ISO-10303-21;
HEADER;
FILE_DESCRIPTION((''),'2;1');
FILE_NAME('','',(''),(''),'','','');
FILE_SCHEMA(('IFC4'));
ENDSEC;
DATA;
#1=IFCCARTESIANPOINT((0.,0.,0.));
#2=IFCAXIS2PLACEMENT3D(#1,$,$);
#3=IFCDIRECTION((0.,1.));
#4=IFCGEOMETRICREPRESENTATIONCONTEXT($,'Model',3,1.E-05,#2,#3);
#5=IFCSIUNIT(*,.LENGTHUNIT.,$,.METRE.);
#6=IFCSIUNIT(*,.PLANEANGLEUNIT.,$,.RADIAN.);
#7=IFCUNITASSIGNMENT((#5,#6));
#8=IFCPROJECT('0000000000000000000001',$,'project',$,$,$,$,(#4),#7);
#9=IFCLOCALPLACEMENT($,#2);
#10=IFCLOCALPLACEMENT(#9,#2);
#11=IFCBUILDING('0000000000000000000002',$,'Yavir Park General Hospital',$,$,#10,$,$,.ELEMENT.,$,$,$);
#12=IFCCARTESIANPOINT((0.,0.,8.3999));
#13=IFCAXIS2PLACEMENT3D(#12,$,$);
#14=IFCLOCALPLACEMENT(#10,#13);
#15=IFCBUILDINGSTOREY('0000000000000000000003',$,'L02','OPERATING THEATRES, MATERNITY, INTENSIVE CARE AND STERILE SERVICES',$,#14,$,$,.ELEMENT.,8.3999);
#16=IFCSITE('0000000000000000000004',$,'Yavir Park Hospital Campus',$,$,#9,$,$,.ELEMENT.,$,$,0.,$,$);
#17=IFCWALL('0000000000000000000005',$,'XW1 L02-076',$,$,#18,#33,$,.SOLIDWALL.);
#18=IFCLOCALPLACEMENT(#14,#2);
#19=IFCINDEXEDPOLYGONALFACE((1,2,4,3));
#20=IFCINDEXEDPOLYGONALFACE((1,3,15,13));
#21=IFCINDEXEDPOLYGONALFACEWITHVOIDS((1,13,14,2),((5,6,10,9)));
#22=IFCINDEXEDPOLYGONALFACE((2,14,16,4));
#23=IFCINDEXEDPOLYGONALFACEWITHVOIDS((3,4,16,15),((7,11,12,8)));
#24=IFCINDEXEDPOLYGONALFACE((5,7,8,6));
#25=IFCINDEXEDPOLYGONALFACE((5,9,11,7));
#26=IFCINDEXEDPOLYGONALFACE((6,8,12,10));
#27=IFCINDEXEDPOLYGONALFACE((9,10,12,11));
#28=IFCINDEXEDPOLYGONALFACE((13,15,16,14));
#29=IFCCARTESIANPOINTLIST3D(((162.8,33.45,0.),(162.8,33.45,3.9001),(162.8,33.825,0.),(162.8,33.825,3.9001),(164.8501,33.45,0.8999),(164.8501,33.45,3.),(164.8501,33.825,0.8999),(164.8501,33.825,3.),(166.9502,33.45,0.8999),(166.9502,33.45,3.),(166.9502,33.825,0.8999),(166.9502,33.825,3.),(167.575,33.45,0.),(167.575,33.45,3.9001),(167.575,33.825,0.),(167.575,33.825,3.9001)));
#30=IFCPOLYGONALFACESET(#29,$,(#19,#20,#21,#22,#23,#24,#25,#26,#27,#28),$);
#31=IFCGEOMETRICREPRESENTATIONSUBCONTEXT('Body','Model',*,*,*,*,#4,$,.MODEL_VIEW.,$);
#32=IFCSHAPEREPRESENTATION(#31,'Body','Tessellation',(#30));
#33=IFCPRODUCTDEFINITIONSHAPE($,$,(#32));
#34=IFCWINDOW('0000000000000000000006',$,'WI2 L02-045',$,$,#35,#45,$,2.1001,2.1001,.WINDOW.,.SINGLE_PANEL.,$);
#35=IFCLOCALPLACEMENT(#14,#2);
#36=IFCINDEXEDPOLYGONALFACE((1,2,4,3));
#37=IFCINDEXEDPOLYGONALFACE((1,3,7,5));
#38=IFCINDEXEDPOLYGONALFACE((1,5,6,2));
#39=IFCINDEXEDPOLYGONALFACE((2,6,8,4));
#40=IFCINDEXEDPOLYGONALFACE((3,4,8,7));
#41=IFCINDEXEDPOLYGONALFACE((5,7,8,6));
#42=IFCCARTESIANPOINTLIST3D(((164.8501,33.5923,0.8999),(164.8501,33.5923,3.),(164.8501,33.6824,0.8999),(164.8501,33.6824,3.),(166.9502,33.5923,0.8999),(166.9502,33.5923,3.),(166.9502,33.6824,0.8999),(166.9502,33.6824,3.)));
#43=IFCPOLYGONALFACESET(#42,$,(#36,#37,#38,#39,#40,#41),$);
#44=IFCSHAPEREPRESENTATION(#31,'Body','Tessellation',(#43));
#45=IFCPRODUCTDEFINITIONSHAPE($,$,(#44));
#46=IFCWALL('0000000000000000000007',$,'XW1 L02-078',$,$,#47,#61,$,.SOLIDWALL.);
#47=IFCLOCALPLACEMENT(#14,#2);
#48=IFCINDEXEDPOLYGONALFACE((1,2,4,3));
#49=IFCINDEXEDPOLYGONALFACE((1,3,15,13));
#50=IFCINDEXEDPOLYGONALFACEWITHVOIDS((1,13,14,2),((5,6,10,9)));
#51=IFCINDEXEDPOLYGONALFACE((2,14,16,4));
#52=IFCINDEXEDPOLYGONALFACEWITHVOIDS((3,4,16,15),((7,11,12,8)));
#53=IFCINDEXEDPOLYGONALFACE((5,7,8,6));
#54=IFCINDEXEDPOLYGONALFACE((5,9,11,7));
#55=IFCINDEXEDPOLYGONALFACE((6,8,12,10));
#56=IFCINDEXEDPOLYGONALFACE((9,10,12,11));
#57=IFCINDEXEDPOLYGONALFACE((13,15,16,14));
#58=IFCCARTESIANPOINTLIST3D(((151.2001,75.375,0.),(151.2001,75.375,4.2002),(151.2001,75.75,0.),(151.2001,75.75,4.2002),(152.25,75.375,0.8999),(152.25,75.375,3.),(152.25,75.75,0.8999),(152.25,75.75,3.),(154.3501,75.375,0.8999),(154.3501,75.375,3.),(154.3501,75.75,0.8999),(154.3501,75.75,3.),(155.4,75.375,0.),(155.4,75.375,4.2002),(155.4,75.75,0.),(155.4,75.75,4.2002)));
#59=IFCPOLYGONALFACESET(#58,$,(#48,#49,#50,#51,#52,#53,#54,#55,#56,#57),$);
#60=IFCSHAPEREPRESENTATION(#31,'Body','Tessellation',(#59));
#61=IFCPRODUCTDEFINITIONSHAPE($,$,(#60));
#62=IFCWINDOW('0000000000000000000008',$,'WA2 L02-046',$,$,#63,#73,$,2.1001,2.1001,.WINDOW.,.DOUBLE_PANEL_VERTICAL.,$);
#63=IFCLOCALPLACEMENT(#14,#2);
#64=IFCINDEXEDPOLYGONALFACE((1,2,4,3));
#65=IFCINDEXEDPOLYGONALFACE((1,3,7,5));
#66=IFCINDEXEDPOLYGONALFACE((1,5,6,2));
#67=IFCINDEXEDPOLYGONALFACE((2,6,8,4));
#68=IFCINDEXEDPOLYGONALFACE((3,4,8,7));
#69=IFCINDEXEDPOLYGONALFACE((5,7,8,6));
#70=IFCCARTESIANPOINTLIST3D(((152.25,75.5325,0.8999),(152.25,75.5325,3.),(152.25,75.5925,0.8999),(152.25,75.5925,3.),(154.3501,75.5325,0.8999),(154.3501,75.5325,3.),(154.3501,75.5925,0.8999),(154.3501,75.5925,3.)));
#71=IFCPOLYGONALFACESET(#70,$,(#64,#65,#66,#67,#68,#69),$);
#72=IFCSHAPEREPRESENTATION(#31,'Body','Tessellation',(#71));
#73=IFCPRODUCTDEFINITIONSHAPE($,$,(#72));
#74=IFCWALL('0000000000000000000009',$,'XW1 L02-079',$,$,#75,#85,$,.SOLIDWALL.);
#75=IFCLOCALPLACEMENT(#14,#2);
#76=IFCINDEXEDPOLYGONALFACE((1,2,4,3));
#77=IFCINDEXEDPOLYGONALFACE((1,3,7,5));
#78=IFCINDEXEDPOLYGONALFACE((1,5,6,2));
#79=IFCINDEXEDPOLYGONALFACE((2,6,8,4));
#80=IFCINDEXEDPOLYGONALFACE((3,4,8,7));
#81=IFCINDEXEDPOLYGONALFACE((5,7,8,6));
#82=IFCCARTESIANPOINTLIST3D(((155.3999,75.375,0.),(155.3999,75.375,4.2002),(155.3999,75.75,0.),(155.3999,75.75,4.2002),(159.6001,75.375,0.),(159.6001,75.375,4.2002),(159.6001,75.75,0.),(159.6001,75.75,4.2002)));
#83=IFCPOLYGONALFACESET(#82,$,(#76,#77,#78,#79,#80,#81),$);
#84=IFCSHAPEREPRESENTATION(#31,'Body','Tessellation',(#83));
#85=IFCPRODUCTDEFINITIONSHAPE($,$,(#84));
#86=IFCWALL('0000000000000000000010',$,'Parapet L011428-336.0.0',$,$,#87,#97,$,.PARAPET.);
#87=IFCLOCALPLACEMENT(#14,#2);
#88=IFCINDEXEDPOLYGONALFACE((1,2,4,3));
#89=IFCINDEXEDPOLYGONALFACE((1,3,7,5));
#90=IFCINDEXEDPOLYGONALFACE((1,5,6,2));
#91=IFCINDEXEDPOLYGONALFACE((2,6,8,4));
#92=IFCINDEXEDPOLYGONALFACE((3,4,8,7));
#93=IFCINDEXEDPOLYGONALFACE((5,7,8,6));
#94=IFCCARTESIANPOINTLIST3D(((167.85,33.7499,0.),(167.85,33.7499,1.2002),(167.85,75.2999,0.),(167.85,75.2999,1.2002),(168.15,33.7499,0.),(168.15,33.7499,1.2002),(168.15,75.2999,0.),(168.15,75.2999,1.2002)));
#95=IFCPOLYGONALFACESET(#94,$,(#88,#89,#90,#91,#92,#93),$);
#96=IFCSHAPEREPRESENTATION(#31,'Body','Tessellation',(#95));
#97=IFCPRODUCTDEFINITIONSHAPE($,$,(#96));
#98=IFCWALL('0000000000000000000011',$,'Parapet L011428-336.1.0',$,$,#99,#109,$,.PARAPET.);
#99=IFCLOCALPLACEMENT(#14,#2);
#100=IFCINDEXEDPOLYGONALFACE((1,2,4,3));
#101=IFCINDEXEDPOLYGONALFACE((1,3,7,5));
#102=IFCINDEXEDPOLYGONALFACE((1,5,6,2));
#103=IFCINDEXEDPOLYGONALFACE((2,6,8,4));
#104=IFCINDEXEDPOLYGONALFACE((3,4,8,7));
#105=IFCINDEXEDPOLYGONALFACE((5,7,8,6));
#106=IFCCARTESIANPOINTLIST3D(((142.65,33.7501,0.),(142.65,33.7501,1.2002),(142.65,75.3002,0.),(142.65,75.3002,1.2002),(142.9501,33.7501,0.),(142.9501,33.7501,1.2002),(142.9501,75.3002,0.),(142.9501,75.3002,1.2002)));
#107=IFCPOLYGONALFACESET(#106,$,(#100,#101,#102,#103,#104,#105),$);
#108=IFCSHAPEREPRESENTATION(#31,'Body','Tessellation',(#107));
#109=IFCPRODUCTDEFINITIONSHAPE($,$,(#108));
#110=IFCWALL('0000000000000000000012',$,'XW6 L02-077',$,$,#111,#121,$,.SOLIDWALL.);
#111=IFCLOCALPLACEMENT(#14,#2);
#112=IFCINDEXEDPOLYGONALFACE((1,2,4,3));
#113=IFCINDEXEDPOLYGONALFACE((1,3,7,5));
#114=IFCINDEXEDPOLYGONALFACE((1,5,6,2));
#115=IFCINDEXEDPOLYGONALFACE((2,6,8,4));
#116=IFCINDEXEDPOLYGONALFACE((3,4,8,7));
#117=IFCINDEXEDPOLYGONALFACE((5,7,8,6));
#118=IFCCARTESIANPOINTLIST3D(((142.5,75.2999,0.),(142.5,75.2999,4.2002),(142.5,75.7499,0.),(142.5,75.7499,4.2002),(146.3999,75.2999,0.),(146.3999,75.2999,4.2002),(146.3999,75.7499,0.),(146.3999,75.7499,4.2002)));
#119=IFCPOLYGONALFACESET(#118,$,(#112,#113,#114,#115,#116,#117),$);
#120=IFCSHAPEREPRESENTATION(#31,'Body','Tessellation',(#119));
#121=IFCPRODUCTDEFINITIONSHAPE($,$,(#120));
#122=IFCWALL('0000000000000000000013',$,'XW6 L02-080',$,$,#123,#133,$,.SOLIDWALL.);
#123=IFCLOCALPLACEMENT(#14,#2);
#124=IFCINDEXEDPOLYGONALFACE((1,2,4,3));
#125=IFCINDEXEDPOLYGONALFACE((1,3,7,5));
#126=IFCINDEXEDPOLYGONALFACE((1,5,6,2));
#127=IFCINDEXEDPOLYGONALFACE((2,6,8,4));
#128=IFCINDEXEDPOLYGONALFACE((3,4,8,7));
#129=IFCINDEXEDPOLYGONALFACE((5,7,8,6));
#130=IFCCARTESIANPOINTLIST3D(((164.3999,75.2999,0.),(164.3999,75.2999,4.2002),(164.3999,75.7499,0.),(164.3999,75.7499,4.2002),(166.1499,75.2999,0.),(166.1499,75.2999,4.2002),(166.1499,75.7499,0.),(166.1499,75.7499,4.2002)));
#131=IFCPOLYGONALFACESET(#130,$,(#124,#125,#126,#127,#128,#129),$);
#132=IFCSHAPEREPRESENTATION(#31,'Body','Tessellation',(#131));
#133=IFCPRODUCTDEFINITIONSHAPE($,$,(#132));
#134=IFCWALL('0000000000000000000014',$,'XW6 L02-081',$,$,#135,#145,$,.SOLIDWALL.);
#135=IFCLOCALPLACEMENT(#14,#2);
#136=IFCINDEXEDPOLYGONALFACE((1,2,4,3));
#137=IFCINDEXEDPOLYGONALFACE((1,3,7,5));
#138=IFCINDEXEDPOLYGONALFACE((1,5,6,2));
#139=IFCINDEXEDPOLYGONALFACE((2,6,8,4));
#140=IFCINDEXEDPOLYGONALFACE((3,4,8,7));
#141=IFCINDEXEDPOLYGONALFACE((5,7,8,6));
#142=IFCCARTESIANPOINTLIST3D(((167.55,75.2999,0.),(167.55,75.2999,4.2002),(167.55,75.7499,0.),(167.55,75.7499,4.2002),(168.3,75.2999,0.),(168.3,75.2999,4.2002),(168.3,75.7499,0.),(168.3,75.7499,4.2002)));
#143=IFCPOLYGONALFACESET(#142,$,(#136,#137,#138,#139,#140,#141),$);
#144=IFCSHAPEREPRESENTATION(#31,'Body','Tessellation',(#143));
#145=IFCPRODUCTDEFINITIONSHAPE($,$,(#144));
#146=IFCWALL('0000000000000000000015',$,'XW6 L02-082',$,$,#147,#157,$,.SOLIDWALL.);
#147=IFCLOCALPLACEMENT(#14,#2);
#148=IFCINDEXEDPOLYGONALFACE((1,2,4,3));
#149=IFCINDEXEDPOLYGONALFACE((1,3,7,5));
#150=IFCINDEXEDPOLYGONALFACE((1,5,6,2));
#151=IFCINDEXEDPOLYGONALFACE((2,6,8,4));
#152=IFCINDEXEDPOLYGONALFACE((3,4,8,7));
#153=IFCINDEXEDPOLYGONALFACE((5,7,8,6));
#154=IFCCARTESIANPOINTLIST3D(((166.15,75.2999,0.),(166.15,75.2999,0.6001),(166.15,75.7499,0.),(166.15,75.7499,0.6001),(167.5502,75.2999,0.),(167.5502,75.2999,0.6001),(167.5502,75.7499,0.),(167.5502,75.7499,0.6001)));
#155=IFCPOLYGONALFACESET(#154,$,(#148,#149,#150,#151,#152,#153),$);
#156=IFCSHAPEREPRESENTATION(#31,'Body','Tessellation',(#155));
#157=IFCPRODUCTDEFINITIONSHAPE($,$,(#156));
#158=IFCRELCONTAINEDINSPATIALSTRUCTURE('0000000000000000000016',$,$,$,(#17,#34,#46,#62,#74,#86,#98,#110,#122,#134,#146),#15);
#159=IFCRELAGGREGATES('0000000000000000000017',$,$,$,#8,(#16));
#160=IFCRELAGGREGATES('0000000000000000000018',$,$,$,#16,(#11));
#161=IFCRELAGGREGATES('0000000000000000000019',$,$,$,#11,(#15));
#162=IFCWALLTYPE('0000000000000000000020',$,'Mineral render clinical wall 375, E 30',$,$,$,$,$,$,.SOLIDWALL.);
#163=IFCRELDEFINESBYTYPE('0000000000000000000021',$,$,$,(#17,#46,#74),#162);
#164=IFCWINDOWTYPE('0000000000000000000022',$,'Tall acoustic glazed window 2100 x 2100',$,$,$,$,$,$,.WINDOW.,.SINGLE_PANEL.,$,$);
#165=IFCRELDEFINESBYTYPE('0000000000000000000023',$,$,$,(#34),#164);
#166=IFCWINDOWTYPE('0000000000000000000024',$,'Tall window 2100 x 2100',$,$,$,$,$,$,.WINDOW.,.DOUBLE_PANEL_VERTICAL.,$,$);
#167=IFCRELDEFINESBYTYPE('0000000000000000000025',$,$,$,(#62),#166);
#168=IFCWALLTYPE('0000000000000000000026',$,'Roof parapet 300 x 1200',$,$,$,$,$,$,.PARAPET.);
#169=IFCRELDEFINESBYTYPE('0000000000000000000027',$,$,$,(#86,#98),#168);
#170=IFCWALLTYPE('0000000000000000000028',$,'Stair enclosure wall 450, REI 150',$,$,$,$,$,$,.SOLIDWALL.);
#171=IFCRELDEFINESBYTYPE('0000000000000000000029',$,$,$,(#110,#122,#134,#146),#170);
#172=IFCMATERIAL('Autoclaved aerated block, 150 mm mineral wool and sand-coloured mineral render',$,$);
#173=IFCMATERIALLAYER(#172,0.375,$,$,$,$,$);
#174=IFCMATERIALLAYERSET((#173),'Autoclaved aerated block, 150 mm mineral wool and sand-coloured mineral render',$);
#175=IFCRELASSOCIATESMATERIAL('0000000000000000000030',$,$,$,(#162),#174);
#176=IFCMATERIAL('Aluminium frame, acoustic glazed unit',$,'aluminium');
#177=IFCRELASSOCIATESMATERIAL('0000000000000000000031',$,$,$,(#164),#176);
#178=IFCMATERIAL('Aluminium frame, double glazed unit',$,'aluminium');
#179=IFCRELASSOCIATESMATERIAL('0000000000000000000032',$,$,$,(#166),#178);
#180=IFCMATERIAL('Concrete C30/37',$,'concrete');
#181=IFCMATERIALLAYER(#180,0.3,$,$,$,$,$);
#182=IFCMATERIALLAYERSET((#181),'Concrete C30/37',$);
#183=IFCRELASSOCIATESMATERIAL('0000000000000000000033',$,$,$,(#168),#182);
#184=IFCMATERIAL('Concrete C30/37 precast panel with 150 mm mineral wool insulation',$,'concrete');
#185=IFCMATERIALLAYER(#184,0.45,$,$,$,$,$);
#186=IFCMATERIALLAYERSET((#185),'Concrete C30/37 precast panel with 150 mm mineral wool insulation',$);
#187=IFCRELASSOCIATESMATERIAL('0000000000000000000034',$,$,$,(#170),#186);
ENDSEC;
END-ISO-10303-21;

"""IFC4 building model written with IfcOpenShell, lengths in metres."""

from ifc_helpers import new_model, si_unit, direction, frame, frame_2d, origin, place, context, subcontext, project, spatial, rectangle, extrude, material, layer, layer_set, type_object, element, fill, save


model = new_model("IFC4")

# Units and contexts
model_context = context("Model", 3, precision=1e-05, world=origin(), true_north=direction((0.0, 1.0)))
body_context = subcontext(model_context, "Body", "Model", "MODEL_VIEW")
ifc_project = project(units=[si_unit("LENGTHUNIT", "METRE"), si_unit("PLANEANGLEUNIT", "RADIAN")], contexts=[model_context])

# Site, building, storey
site_placement = place(None, origin())
site = spatial("IfcSite", under=ifc_project, at=site_placement, Name="Yavir Park Hospital Campus", CompositionType="ELEMENT", RefElevation=0.0)
building_placement = place(site_placement, origin())
building = spatial("IfcBuilding", under=site, at=building_placement, Name="Yavir Park General Hospital", CompositionType="ELEMENT")
storey_placement = place(building_placement, frame((0.0, 0.0, 8.3999)))
storey = spatial("IfcBuildingStorey", under=building, at=storey_placement, Name="L02", Description="OPERATING THEATRES, MATERNITY, INTENSIVE CARE AND STERILE SERVICES", CompositionType="ELEMENT", Elevation=8.3999)

# Shared definitions
ifc_material_1 = material(Name="Autoclaved aerated block, 150 mm mineral wool and sand-coloured mineral render")
ifc_layer_1 = layer(ifc_material_1, 0.375)
ifc_layer_set_1 = layer_set([ifc_layer_1], Name="Autoclaved aerated block, 150 mm mineral wool and sand-coloured mineral render")
wall_type_1 = type_object("IfcWallType", Name="Mineral render clinical wall 375, E 30", PredefinedType="SOLIDWALL", material=ifc_layer_set_1)

# Walls, openings, windows
wall_1_placement = place(storey_placement, frame((162.8, 33.6375, 0.0), z_axis=(0.0, 0.0, 1.0), x_axis=(1.0, 0.0, 0.0)))
wall_1 = element("IfcWall", 1, at=wall_1_placement, inside=storey, type_object=wall_type_1, Name="XW1 L02-076", PredefinedType="SOLIDWALL", context=body_context, shape_type="SweptSolid", body=[
    extrude(rectangle(XDim=4.7749, YDim=0.375, at=frame_2d((2.3875, 0.0))), origin(), (0.0, 0.0, 1.0), 3.9001),
])
opening_1_placement = place(wall_1_placement, frame((2.05, 0.0, 0.8999)))
opening_1 = element("IfcOpeningElement", 2, at=opening_1_placement, cuts=wall_1, PredefinedType="OPENING", context=body_context, shape_type="SweptSolid", body=[
    extrude(rectangle(XDim=2.1001, YDim=2.1001, at=frame_2d((1.05, 1.05))), frame((0.0, 0.1975, 0.0), z_axis=(0.0, -1.0, 0.0), x_axis=(1.0, 0.0, 0.0)), (0.0, 0.0, 1.0), 0.395),
])
ifc_material_2 = material(Name="Aluminium frame, acoustic glazed unit", Category="aluminium")
window_type_1 = type_object("IfcWindowType", Name="Tall acoustic glazed window 2100 x 2100", PartitioningType="SINGLE_PANEL", PredefinedType="WINDOW", material=ifc_material_2)
window_1_placement = place(opening_1_placement, origin())
window_1 = element("IfcWindow", 3, at=window_1_placement, inside=storey, type_object=window_type_1, Name="WI2 L02-045", OverallHeight=2.1001, OverallWidth=2.1001, PartitioningType="SINGLE_PANEL", PredefinedType="WINDOW", context=body_context, shape_type="SweptSolid", body=[
    extrude(rectangle(XDim=2.1001, YDim=2.1001, at=frame_2d((1.05, 1.05))), frame((0.0, 0.0449, 0.0), z_axis=(0.0, -1.0, 0.0), x_axis=(1.0, 0.0, 0.0)), (0.0, 0.0, 1.0), 0.0901),
])
fill(opening_1, window_1)
wall_2_placement = place(storey_placement, frame((151.2, 75.5625, 0.0), z_axis=(0.0, 0.0, 1.0), x_axis=(1.0, 0.0, 0.0)))
wall_2 = element("IfcWall", 4, at=wall_2_placement, inside=storey, type_object=wall_type_1, Name="XW1 L02-078", PredefinedType="SOLIDWALL", context=body_context, shape_type="SweptSolid", body=[
    extrude(rectangle(XDim=4.2, YDim=0.375, at=frame_2d((2.1001, 0.0))), origin(), (0.0, 0.0, 1.0), 4.2002),
])
opening_2_placement = place(wall_2_placement, frame((1.05, 0.0, 0.8999)))
opening_2 = element("IfcOpeningElement", 5, at=opening_2_placement, cuts=wall_2, PredefinedType="OPENING", context=body_context, shape_type="SweptSolid", body=[
    extrude(rectangle(XDim=2.1001, YDim=2.1001, at=frame_2d((1.05, 1.05))), frame((0.0, 0.1975, 0.0), z_axis=(0.0, -1.0, 0.0), x_axis=(1.0, 0.0, 0.0)), (0.0, 0.0, 1.0), 0.395),
])
ifc_material_3 = material(Name="Aluminium frame, double glazed unit", Category="aluminium")
window_type_2 = type_object("IfcWindowType", Name="Tall window 2100 x 2100", PartitioningType="DOUBLE_PANEL_VERTICAL", PredefinedType="WINDOW", material=ifc_material_3)
window_2_placement = place(opening_2_placement, origin())
window_2 = element("IfcWindow", 6, at=window_2_placement, inside=storey, type_object=window_type_2, Name="WA2 L02-046", OverallHeight=2.1001, OverallWidth=2.1001, PartitioningType="DOUBLE_PANEL_VERTICAL", PredefinedType="WINDOW", context=body_context, shape_type="SweptSolid", body=[
    extrude(rectangle(XDim=2.1001, YDim=2.1001, at=frame_2d((1.05, 1.05))), frame((0.0, 0.03, 0.0), z_axis=(0.0, -1.0, 0.0), x_axis=(1.0, 0.0, 0.0)), (0.0, 0.0, 1.0), 0.0601),
])
fill(opening_2, window_2)

# Walls
wall_3_placement = place(storey_placement, frame((155.3999, 75.5625, 0.0), z_axis=(0.0, 0.0, 1.0), x_axis=(1.0, 0.0, 0.0)))
element("IfcWall", 7, at=wall_3_placement, inside=storey, type_object=wall_type_1, Name="XW1 L02-079", PredefinedType="SOLIDWALL", context=body_context, shape_type="SweptSolid", body=[
    extrude(rectangle(XDim=4.2002, YDim=0.375, at=frame_2d((2.1001, 0.0))), origin(), (0.0, 0.0, 1.0), 4.2002),
])
ifc_material_4 = material(Name="Concrete C30/37", Category="concrete")
ifc_layer_2 = layer(ifc_material_4, 0.3)
ifc_layer_set_2 = layer_set([ifc_layer_2], Name="Concrete C30/37")
wall_type_2 = type_object("IfcWallType", Name="Roof parapet 300 x 1200", PredefinedType="PARAPET", material=ifc_layer_set_2)
for number, where, z_axis, x_axis, name in (
    (8, (168.0, 33.75, 0.0), (0.0, 0.0, 1.0), (0.0, 1.0, 0.0), "Parapet L011428-336.0.0"),
    (9, (142.8, 75.3, 0.0), (0.0, 0.0, 1.0), (0.0, -1.0, 0.0), "Parapet L011428-336.1.0"),
):
    element("IfcWall", number, at=place(storey_placement, frame(where, z_axis=z_axis, x_axis=x_axis)), inside=storey, type_object=wall_type_2, Name=name, PredefinedType="PARAPET", context=body_context, shape_type="SweptSolid", body=[
        extrude(rectangle(XDim=41.55, YDim=0.3, at=frame_2d((20.7749, 0.0))), origin(), (0.0, 0.0, 1.0), 1.2002),
    ])
ifc_material_5 = material(Name="Concrete C30/37 precast panel with 150 mm mineral wool insulation", Category="concrete")
ifc_layer_3 = layer(ifc_material_5, 0.45)
ifc_layer_set_3 = layer_set([ifc_layer_3], Name="Concrete C30/37 precast panel with 150 mm mineral wool insulation")
wall_type_3 = type_object("IfcWallType", Name="Stair enclosure wall 450, REI 150", PredefinedType="SOLIDWALL", material=ifc_layer_set_3)
wall_4_placement = place(storey_placement, frame((142.5, 75.5249, 0.0), z_axis=(0.0, 0.0, 1.0), x_axis=(1.0, 0.0, 0.0)))
element("IfcWall", 10, at=wall_4_placement, inside=storey, type_object=wall_type_3, Name="XW6 L02-077", PredefinedType="SOLIDWALL", context=body_context, shape_type="SweptSolid", body=[
    extrude(rectangle(XDim=3.8999, YDim=0.45, at=frame_2d((1.95, 0.0))), origin(), (0.0, 0.0, 1.0), 4.2002),
])
wall_5_placement = place(storey_placement, frame((164.3999, 75.5249, 0.0), z_axis=(0.0, 0.0, 1.0), x_axis=(1.0, 0.0, 0.0)))
element("IfcWall", 11, at=wall_5_placement, inside=storey, type_object=wall_type_3, Name="XW6 L02-080", PredefinedType="SOLIDWALL", context=body_context, shape_type="SweptSolid", body=[
    extrude(rectangle(XDim=1.75, YDim=0.45, at=frame_2d((0.875, 0.0))), origin(), (0.0, 0.0, 1.0), 4.2002),
])
wall_6_placement = place(storey_placement, frame((167.55, 75.5249, 0.0), z_axis=(0.0, 0.0, 1.0), x_axis=(1.0, 0.0, 0.0)))
element("IfcWall", 12, at=wall_6_placement, inside=storey, type_object=wall_type_3, Name="XW6 L02-081", PredefinedType="SOLIDWALL", context=body_context, shape_type="SweptSolid", body=[
    extrude(rectangle(XDim=0.75, YDim=0.45, at=frame_2d((0.375, 0.0))), origin(), (0.0, 0.0, 1.0), 4.2002),
])
wall_7_placement = place(storey_placement, frame((166.1499, 75.5249, 0.0), z_axis=(0.0, 0.0, 1.0), x_axis=(1.0, 0.0, 0.0)))
element("IfcWall", 13, at=wall_7_placement, inside=storey, type_object=wall_type_3, Name="XW6 L02-082", PredefinedType="SOLIDWALL", context=body_context, shape_type="SweptSolid", body=[
    extrude(rectangle(XDim=1.4001, YDim=0.45, at=frame_2d((0.7002, 0.0))), origin(), (0.0, 0.0, 1.0), 0.6001),
])

save(model, "model.ifc")
